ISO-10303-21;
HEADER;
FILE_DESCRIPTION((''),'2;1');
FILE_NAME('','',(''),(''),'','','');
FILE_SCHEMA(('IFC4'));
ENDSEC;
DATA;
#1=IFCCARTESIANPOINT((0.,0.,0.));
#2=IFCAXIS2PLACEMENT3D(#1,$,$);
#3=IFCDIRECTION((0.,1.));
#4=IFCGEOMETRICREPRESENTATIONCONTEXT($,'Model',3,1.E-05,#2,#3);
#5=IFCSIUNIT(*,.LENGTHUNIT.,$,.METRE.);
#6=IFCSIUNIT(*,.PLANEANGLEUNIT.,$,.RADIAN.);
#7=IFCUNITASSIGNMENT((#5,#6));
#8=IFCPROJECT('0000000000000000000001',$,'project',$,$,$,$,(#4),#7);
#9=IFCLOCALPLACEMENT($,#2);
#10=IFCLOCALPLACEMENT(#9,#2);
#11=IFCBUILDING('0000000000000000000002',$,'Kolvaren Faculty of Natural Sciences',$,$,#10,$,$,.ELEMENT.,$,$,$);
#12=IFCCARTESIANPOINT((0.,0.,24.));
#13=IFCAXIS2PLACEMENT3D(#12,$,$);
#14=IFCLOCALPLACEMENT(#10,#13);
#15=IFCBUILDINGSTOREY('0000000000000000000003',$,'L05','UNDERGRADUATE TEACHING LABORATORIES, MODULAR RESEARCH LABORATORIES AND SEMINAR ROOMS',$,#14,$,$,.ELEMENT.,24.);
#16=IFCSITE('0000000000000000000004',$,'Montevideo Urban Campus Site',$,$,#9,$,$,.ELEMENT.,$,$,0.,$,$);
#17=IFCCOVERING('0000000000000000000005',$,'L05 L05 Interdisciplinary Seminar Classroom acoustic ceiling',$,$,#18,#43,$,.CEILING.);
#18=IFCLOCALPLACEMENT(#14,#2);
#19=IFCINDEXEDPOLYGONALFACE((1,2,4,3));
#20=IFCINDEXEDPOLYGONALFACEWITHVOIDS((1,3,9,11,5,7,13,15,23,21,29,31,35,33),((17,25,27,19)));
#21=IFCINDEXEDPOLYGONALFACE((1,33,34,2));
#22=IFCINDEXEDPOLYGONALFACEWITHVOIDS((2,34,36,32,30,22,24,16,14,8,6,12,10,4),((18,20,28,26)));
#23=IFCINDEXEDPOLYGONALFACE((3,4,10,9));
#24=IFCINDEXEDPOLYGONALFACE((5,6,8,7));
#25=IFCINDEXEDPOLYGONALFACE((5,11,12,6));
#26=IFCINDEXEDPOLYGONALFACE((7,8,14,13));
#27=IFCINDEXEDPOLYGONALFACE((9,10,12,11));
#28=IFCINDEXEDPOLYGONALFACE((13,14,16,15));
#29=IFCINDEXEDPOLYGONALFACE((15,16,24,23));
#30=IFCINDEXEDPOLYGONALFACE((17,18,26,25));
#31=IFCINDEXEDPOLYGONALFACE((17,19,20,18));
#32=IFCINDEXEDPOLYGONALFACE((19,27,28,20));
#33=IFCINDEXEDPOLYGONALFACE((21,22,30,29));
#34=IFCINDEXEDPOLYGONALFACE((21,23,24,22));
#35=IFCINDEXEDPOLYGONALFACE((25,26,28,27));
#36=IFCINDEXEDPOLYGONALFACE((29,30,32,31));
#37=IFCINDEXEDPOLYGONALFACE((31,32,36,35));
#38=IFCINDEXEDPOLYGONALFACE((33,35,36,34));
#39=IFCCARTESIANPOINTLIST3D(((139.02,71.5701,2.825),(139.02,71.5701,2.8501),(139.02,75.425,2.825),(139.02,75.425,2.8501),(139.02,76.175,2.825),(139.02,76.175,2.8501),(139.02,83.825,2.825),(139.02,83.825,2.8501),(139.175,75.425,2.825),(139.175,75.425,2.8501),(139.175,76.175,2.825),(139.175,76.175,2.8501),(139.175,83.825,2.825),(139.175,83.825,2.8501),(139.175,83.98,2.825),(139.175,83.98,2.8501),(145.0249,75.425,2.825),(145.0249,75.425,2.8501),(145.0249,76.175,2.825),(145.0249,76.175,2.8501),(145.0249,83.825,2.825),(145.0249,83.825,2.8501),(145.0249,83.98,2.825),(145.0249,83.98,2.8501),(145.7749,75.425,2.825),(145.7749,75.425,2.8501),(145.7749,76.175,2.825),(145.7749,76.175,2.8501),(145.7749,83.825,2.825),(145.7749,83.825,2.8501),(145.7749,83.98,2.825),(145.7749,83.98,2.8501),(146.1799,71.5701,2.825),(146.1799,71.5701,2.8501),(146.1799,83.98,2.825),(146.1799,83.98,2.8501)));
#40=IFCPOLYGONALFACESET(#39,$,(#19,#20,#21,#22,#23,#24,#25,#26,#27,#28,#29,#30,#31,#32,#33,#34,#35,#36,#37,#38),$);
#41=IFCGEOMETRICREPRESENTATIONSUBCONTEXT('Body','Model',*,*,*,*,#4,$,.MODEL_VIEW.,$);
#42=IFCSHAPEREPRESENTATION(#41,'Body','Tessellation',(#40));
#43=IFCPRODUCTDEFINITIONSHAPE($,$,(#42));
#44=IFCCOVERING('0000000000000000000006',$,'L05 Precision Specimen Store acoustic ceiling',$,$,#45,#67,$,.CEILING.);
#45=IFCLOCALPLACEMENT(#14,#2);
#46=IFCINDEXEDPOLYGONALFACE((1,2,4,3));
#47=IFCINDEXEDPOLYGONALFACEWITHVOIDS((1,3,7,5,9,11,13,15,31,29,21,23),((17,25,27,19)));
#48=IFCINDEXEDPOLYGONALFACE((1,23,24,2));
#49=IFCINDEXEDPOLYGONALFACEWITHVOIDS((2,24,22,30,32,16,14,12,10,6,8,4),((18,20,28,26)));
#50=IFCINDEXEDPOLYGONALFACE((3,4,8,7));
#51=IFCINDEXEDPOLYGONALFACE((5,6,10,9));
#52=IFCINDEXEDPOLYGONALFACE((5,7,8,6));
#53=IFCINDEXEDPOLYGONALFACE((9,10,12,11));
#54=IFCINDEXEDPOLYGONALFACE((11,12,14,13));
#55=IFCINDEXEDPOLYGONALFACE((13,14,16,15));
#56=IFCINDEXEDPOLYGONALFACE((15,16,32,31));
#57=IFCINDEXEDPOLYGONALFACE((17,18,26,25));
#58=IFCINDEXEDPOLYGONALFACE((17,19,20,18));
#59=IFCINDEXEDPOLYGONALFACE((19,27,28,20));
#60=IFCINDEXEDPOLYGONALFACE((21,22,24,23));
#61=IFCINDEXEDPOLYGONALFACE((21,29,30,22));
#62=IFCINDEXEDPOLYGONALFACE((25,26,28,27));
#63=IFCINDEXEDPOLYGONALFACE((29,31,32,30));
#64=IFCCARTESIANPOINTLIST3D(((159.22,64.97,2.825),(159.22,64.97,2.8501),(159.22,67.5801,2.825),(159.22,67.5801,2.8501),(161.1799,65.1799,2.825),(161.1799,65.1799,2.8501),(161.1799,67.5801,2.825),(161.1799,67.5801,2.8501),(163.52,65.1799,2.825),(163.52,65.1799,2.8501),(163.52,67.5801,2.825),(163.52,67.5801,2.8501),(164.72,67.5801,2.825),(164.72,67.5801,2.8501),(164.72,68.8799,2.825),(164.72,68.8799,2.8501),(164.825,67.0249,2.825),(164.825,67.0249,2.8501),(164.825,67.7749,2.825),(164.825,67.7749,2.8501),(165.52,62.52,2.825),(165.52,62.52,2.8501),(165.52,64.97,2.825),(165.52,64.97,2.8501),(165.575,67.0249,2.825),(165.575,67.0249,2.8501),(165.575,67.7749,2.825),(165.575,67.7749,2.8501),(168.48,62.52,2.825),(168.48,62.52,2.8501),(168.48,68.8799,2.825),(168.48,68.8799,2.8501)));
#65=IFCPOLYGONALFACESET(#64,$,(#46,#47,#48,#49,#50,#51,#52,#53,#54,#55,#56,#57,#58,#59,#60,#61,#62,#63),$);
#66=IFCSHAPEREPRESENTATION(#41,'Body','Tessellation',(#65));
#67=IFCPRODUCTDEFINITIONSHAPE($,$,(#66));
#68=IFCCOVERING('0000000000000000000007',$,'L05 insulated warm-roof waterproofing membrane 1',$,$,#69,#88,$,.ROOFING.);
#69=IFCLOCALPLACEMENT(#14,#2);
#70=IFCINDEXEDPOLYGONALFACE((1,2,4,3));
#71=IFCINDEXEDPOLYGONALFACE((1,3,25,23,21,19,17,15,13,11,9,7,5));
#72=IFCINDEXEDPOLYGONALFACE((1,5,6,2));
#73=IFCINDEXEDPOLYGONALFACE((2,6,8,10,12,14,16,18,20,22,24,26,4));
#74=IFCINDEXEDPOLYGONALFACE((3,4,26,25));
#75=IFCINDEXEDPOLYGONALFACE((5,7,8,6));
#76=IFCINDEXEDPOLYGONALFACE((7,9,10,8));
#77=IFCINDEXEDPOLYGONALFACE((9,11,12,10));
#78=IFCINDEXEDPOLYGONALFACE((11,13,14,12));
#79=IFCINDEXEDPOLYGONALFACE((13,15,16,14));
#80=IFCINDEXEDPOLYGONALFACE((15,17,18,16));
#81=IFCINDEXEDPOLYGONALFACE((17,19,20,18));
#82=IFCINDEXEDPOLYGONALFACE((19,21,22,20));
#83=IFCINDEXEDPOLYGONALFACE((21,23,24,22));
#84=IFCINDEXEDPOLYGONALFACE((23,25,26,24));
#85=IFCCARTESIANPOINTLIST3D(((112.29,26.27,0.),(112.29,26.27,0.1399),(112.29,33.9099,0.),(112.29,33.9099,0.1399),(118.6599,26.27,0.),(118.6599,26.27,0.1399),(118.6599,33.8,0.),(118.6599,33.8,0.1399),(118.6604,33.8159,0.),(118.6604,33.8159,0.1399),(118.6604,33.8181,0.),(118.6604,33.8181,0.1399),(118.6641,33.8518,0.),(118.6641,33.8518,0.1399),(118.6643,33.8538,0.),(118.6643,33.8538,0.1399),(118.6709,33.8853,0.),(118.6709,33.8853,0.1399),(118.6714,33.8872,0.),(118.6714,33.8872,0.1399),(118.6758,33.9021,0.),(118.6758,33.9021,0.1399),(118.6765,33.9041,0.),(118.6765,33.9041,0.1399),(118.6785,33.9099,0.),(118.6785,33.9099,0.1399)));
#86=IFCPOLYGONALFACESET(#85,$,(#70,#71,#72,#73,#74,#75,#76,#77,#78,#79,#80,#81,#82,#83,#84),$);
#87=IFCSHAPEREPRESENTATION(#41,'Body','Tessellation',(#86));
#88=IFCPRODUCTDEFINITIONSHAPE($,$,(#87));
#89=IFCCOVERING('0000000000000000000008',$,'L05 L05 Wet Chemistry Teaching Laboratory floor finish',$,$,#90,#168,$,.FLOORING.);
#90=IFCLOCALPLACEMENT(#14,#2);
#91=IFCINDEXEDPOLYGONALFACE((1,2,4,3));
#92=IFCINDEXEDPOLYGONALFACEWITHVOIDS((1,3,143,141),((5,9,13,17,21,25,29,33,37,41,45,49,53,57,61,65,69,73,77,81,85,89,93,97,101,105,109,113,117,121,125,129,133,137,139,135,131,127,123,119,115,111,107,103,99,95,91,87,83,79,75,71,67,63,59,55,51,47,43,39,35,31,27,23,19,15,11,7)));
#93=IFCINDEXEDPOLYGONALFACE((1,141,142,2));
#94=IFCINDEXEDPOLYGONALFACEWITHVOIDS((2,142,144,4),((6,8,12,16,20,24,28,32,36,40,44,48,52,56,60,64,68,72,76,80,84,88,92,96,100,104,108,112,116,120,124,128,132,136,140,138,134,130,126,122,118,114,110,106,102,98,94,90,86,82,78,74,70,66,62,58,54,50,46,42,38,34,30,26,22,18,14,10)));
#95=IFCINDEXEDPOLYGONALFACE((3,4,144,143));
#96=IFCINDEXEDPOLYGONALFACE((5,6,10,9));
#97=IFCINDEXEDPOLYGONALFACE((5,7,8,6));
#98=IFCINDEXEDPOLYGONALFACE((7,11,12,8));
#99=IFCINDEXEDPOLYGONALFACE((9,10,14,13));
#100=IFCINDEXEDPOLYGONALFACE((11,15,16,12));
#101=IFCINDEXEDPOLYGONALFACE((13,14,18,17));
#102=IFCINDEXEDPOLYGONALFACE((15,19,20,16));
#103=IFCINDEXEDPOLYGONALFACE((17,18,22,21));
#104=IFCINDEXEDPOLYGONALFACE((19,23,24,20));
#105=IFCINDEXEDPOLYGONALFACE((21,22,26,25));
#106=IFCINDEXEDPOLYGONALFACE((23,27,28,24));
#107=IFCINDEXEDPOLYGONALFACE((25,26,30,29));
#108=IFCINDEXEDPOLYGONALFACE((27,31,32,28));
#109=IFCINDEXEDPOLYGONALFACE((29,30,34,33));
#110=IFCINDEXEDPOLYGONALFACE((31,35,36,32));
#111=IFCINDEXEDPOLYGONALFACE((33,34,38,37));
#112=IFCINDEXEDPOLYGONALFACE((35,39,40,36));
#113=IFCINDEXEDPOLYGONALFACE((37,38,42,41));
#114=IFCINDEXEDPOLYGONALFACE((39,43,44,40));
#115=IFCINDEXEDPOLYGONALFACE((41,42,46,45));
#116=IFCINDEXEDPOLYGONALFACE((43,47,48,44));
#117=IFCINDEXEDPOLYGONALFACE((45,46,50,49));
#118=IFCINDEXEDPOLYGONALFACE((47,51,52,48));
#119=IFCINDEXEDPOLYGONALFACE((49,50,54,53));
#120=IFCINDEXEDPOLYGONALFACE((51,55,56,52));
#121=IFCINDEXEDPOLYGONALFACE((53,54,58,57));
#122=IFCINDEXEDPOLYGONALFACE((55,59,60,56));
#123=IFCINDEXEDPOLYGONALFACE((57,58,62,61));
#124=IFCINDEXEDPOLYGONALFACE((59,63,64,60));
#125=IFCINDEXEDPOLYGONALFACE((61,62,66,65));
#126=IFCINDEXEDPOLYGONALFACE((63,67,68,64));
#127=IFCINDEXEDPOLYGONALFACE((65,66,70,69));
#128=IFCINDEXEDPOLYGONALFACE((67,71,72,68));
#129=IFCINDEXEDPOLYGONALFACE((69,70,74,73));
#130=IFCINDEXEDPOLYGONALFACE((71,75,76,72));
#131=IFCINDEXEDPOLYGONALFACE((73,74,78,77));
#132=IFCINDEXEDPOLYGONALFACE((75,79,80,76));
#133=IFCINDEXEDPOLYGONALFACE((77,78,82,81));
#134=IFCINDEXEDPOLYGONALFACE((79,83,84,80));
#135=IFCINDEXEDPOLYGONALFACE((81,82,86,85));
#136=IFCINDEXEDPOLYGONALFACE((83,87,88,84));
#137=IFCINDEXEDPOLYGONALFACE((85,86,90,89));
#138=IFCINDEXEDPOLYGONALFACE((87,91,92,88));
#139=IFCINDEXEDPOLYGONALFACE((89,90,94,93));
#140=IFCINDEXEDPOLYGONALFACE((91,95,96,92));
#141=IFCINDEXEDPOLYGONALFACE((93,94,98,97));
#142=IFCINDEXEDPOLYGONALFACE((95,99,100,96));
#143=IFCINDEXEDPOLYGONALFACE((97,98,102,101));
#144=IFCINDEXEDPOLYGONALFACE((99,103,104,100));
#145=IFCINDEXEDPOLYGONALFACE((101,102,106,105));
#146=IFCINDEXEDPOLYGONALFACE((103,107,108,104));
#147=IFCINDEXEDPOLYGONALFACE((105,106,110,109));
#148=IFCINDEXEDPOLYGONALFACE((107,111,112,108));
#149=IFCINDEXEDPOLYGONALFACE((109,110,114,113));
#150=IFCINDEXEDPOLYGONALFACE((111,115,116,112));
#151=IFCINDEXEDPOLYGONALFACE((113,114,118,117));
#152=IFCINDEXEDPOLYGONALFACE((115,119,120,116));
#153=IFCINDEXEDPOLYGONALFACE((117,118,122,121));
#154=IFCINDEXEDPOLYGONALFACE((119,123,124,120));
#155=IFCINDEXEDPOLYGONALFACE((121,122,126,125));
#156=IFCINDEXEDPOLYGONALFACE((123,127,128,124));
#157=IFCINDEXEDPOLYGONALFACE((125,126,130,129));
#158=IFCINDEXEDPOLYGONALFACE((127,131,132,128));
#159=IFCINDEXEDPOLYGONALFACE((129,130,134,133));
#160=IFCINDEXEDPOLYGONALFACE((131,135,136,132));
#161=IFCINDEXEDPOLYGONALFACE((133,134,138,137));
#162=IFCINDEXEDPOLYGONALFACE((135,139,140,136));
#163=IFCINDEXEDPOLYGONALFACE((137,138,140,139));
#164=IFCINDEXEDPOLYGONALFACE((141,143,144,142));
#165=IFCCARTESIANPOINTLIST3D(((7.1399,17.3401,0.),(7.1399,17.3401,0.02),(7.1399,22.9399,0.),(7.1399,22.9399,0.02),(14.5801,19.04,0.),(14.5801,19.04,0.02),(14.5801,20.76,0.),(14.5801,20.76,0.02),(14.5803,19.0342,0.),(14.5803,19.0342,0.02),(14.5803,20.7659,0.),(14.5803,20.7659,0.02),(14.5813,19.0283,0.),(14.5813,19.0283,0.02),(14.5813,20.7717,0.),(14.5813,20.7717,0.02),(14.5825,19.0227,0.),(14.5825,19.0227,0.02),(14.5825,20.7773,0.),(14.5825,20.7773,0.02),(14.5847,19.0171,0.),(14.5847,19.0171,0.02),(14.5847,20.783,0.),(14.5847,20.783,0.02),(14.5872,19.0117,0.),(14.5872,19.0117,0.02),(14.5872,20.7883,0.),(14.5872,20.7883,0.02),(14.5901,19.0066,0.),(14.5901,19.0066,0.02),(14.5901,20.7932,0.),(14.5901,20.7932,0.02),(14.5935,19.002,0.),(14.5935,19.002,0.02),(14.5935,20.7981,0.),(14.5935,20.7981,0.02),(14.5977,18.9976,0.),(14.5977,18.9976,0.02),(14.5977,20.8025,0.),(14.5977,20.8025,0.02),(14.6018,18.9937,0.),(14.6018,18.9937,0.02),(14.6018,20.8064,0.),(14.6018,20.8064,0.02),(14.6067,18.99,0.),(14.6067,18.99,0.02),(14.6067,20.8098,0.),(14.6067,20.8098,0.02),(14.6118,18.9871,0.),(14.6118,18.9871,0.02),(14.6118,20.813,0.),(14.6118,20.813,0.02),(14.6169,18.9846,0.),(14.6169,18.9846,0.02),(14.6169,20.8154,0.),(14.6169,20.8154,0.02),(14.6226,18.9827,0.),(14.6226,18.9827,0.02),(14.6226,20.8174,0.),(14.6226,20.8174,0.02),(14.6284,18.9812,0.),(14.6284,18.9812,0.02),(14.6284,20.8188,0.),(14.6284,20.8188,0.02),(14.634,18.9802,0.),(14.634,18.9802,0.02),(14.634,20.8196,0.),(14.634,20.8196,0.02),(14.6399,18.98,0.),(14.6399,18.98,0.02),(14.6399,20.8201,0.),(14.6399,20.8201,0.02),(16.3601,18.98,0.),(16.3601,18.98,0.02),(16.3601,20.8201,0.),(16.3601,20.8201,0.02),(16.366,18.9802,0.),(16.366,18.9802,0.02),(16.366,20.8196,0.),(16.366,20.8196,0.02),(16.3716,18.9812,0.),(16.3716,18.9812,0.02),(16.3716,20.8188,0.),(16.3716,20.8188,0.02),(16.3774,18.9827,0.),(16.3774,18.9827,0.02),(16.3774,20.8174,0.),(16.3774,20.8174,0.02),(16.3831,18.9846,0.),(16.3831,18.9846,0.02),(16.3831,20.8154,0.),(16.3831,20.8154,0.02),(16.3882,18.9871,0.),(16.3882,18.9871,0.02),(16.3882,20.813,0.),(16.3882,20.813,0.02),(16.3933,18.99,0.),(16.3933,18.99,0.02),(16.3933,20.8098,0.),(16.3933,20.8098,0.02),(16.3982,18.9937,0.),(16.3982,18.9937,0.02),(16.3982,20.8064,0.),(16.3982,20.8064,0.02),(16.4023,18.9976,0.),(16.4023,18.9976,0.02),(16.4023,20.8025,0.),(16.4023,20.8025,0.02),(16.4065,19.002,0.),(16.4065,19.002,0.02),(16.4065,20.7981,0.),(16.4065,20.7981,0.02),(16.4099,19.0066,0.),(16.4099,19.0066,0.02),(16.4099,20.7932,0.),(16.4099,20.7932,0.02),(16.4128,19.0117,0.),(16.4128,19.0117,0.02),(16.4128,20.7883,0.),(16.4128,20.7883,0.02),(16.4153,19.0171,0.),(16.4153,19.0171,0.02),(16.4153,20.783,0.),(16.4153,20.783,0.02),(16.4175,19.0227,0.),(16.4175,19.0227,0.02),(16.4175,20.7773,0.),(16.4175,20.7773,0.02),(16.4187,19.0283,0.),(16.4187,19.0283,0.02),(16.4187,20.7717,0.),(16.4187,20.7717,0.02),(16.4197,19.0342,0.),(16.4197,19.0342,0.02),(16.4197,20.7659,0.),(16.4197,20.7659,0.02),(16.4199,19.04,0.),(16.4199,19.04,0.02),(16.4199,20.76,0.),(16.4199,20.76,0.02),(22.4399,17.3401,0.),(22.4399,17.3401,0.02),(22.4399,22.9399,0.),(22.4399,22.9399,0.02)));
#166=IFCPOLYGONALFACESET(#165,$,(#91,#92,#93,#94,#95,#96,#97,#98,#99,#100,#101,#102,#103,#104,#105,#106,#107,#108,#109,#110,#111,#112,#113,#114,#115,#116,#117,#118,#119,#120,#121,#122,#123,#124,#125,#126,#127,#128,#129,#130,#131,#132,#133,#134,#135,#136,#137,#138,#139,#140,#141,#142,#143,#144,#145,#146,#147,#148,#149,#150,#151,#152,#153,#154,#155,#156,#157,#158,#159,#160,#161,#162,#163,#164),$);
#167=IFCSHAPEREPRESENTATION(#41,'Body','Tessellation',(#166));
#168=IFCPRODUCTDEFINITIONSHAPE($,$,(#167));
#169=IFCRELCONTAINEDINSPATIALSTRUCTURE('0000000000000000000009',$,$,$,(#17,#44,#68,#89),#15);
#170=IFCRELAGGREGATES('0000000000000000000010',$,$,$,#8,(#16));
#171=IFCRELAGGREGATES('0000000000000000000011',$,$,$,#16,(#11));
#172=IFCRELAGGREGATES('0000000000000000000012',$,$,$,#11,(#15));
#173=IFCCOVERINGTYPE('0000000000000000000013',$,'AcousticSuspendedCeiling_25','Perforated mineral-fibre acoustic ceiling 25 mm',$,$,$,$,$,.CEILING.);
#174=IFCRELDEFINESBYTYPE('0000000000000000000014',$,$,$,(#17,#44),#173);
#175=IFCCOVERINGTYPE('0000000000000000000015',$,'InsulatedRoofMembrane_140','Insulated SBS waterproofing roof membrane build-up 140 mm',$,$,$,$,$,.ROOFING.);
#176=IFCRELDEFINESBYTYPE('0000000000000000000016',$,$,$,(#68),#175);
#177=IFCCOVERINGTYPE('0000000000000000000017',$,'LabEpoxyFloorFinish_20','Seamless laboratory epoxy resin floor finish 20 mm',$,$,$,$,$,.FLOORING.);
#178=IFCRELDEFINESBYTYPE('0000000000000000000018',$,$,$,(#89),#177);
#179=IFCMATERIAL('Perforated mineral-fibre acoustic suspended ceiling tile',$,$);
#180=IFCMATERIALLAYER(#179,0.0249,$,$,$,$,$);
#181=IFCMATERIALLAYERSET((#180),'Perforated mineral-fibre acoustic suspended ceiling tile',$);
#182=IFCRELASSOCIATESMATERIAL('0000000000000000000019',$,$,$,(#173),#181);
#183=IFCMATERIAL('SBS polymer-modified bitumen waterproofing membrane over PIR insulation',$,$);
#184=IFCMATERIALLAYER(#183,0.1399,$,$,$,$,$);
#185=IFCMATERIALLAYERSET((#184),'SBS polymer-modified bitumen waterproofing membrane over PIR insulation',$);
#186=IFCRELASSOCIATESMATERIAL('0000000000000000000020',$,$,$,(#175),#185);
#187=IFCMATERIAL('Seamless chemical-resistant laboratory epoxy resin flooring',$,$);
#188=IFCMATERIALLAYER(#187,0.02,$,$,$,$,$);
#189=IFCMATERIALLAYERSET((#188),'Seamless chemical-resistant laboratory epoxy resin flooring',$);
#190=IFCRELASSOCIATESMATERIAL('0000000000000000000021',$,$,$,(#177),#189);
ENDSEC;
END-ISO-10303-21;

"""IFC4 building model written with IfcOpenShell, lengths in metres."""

from ifc_helpers import new_model, si_unit, direction, frame, origin, place, context, subcontext, project, spatial, polyline, outline, extrude, material, layer, layer_set, type_object, element, save


model = new_model("IFC4")

# Units and contexts
model_context = context("Model", 3, precision=1e-05, world=origin(), true_north=direction((0.0, 1.0)))
body_context = subcontext(model_context, "Body", "Model", "MODEL_VIEW")
ifc_project = project(units=[si_unit("LENGTHUNIT", "METRE"), si_unit("PLANEANGLEUNIT", "RADIAN")], contexts=[model_context])

# Site, building, storey
site_placement = place(None, origin())
site = spatial("IfcSite", under=ifc_project, at=site_placement, Name="Montevideo Urban Campus Site", CompositionType="ELEMENT", RefElevation=0.0)
building_placement = place(site_placement, origin())
building = spatial("IfcBuilding", under=site, at=building_placement, Name="Kolvaren Faculty of Natural Sciences", CompositionType="ELEMENT")
storey_placement = place(building_placement, frame((0.0, 0.0, 24.0)))
storey = spatial("IfcBuildingStorey", under=building, at=storey_placement, Name="L05", Description="UNDERGRADUATE TEACHING LABORATORIES, MODULAR RESEARCH LABORATORIES AND SEMINAR ROOMS", CompositionType="ELEMENT", Elevation=24.0)

# Coverings
ifc_material_1 = material(Name="Perforated mineral-fibre acoustic suspended ceiling tile")
ifc_layer_1 = layer(ifc_material_1, 0.0249)
ifc_layer_set_1 = layer_set([ifc_layer_1], Name="Perforated mineral-fibre acoustic suspended ceiling tile")
covering_type_1 = type_object("IfcCoveringType", Name="AcousticSuspendedCeiling_25", Description="Perforated mineral-fibre acoustic ceiling 25 mm", PredefinedType="CEILING", material=ifc_layer_set_1)
covering_1_placement = place(storey_placement, frame((0.0, 0.0, 2.825)))
element("IfcCovering", 1, at=covering_1_placement, inside=storey, type_object=covering_type_1, Name="L05 L05 Interdisciplinary Seminar Classroom acoustic ceiling", PredefinedType="CEILING", context=body_context, shape_type="SweptSolid", body=[
    extrude(outline(polyline([(139.02, 71.5701), (139.02, 75.425), (139.175, 75.425), (139.175, 76.175), (139.02, 76.175), (139.02, 83.825), (139.175, 83.825), (139.175, 83.98), (145.0249, 83.98), (145.0249, 83.825), (145.7749, 83.825), (145.7749, 83.98), (146.1799, 83.98), (146.1799, 71.5701), (139.02, 71.5701)]), holes=[polyline([(145.0249, 75.425), (145.7749, 75.425), (145.7749, 76.175), (145.0249, 76.175), (145.0249, 75.425)])]), origin(), (0.0, 0.0, 1.0), 0.0251),
])
covering_2_placement = place(storey_placement, frame((0.0, 0.0, 2.825)))
element("IfcCovering", 2, at=covering_2_placement, inside=storey, type_object=covering_type_1, Name="L05 Precision Specimen Store acoustic ceiling", PredefinedType="CEILING", context=body_context, shape_type="SweptSolid", body=[
    extrude(outline(polyline([(165.52, 62.52), (165.52, 64.97), (159.22, 64.97), (159.22, 67.5801), (161.1799, 67.5801), (161.1799, 65.1799), (163.52, 65.1799), (163.52, 67.5801), (164.72, 67.5801), (164.72, 68.8799), (168.48, 68.8799), (168.48, 62.52), (165.52, 62.52)]), holes=[polyline([(164.825, 67.0249), (165.575, 67.0249), (165.575, 67.7749), (164.825, 67.7749), (164.825, 67.0249)])]), origin(), (0.0, 0.0, 1.0), 0.0251),
])
ifc_material_2 = material(Name="SBS polymer-modified bitumen waterproofing membrane over PIR insulation")
ifc_layer_2 = layer(ifc_material_2, 0.1399)
ifc_layer_set_2 = layer_set([ifc_layer_2], Name="SBS polymer-modified bitumen waterproofing membrane over PIR insulation")
covering_type_2 = type_object("IfcCoveringType", Name="InsulatedRoofMembrane_140", Description="Insulated SBS waterproofing roof membrane build-up 140 mm", PredefinedType="ROOFING", material=ifc_layer_set_2)
covering_3_placement = place(storey_placement, origin())
element("IfcCovering", 3, at=covering_3_placement, inside=storey, type_object=covering_type_2, Name="L05 insulated warm-roof waterproofing membrane 1", PredefinedType="ROOFING", context=body_context, shape_type="SweptSolid", body=[
    extrude(outline(polyline([(112.29, 33.9099), (118.6785, 33.9099), (118.6765, 33.9041), (118.6758, 33.9021), (118.6714, 33.8872), (118.6709, 33.8853), (118.6643, 33.8538), (118.6641, 33.8518), (118.6604, 33.8181), (118.6604, 33.8159), (118.6599, 33.8), (118.6599, 26.27), (112.29, 26.27), (112.29, 33.9099)])), origin(), (0.0, 0.0, 1.0), 0.1399),
])
ifc_material_3 = material(Name="Seamless chemical-resistant laboratory epoxy resin flooring")
ifc_layer_3 = layer(ifc_material_3, 0.02)
ifc_layer_set_3 = layer_set([ifc_layer_3], Name="Seamless chemical-resistant laboratory epoxy resin flooring")
covering_type_3 = type_object("IfcCoveringType", Name="LabEpoxyFloorFinish_20", Description="Seamless laboratory epoxy resin floor finish 20 mm", PredefinedType="FLOORING", material=ifc_layer_set_3)
covering_4_placement = place(storey_placement, origin())
element("IfcCovering", 4, at=covering_4_placement, inside=storey, type_object=covering_type_3, Name="L05 L05 Wet Chemistry Teaching Laboratory floor finish", PredefinedType="FLOORING", context=body_context, shape_type="SweptSolid", body=[
    extrude(outline(polyline([(7.1399, 17.3401), (7.1399, 22.9399), (22.4399, 22.9399), (22.4399, 17.3401), (7.1399, 17.3401)]), holes=[polyline([(14.634, 20.8196), (14.6284, 20.8188), (14.6226, 20.8174), (14.6169, 20.8154), (14.6118, 20.813), (14.6067, 20.8098), (14.6018, 20.8064), (14.5977, 20.8025), (14.5935, 20.7981), (14.5901, 20.7932), (14.5872, 20.7883), (14.5847, 20.783), (14.5825, 20.7773), (14.5813, 20.7717), (14.5803, 20.7659), (14.5801, 20.76), (14.5801, 19.04), (14.5803, 19.0342), (14.5813, 19.0283), (14.5825, 19.0227), (14.5847, 19.0171), (14.5872, 19.0117), (14.5901, 19.0066), (14.5935, 19.002), (14.5977, 18.9976), (14.6018, 18.9937), (14.6067, 18.99), (14.6118, 18.9871), (14.6169, 18.9846), (14.6226, 18.9827), (14.6284, 18.9812), (14.634, 18.9802), (14.6399, 18.98), (16.3601, 18.98), (16.366, 18.9802), (16.3716, 18.9812), (16.3774, 18.9827), (16.3831, 18.9846), (16.3882, 18.9871), (16.3933, 18.99), (16.3982, 18.9937), (16.4023, 18.9976), (16.4065, 19.002), (16.4099, 19.0066), (16.4128, 19.0117), (16.4153, 19.0171), (16.4175, 19.0227), (16.4187, 19.0283), (16.4197, 19.0342), (16.4199, 19.04), (16.4199, 20.76), (16.4197, 20.7659), (16.4187, 20.7717), (16.4175, 20.7773), (16.4153, 20.783), (16.4128, 20.7883), (16.4099, 20.7932), (16.4065, 20.7981), (16.4023, 20.8025), (16.3982, 20.8064), (16.3933, 20.8098), (16.3882, 20.813), (16.3831, 20.8154), (16.3774, 20.8174), (16.3716, 20.8188), (16.366, 20.8196), (16.3601, 20.8201), (14.6399, 20.8201), (14.634, 20.8196)])]), origin(), (0.0, 0.0, 1.0), 0.02),
])

save(model, "model.ifc")
